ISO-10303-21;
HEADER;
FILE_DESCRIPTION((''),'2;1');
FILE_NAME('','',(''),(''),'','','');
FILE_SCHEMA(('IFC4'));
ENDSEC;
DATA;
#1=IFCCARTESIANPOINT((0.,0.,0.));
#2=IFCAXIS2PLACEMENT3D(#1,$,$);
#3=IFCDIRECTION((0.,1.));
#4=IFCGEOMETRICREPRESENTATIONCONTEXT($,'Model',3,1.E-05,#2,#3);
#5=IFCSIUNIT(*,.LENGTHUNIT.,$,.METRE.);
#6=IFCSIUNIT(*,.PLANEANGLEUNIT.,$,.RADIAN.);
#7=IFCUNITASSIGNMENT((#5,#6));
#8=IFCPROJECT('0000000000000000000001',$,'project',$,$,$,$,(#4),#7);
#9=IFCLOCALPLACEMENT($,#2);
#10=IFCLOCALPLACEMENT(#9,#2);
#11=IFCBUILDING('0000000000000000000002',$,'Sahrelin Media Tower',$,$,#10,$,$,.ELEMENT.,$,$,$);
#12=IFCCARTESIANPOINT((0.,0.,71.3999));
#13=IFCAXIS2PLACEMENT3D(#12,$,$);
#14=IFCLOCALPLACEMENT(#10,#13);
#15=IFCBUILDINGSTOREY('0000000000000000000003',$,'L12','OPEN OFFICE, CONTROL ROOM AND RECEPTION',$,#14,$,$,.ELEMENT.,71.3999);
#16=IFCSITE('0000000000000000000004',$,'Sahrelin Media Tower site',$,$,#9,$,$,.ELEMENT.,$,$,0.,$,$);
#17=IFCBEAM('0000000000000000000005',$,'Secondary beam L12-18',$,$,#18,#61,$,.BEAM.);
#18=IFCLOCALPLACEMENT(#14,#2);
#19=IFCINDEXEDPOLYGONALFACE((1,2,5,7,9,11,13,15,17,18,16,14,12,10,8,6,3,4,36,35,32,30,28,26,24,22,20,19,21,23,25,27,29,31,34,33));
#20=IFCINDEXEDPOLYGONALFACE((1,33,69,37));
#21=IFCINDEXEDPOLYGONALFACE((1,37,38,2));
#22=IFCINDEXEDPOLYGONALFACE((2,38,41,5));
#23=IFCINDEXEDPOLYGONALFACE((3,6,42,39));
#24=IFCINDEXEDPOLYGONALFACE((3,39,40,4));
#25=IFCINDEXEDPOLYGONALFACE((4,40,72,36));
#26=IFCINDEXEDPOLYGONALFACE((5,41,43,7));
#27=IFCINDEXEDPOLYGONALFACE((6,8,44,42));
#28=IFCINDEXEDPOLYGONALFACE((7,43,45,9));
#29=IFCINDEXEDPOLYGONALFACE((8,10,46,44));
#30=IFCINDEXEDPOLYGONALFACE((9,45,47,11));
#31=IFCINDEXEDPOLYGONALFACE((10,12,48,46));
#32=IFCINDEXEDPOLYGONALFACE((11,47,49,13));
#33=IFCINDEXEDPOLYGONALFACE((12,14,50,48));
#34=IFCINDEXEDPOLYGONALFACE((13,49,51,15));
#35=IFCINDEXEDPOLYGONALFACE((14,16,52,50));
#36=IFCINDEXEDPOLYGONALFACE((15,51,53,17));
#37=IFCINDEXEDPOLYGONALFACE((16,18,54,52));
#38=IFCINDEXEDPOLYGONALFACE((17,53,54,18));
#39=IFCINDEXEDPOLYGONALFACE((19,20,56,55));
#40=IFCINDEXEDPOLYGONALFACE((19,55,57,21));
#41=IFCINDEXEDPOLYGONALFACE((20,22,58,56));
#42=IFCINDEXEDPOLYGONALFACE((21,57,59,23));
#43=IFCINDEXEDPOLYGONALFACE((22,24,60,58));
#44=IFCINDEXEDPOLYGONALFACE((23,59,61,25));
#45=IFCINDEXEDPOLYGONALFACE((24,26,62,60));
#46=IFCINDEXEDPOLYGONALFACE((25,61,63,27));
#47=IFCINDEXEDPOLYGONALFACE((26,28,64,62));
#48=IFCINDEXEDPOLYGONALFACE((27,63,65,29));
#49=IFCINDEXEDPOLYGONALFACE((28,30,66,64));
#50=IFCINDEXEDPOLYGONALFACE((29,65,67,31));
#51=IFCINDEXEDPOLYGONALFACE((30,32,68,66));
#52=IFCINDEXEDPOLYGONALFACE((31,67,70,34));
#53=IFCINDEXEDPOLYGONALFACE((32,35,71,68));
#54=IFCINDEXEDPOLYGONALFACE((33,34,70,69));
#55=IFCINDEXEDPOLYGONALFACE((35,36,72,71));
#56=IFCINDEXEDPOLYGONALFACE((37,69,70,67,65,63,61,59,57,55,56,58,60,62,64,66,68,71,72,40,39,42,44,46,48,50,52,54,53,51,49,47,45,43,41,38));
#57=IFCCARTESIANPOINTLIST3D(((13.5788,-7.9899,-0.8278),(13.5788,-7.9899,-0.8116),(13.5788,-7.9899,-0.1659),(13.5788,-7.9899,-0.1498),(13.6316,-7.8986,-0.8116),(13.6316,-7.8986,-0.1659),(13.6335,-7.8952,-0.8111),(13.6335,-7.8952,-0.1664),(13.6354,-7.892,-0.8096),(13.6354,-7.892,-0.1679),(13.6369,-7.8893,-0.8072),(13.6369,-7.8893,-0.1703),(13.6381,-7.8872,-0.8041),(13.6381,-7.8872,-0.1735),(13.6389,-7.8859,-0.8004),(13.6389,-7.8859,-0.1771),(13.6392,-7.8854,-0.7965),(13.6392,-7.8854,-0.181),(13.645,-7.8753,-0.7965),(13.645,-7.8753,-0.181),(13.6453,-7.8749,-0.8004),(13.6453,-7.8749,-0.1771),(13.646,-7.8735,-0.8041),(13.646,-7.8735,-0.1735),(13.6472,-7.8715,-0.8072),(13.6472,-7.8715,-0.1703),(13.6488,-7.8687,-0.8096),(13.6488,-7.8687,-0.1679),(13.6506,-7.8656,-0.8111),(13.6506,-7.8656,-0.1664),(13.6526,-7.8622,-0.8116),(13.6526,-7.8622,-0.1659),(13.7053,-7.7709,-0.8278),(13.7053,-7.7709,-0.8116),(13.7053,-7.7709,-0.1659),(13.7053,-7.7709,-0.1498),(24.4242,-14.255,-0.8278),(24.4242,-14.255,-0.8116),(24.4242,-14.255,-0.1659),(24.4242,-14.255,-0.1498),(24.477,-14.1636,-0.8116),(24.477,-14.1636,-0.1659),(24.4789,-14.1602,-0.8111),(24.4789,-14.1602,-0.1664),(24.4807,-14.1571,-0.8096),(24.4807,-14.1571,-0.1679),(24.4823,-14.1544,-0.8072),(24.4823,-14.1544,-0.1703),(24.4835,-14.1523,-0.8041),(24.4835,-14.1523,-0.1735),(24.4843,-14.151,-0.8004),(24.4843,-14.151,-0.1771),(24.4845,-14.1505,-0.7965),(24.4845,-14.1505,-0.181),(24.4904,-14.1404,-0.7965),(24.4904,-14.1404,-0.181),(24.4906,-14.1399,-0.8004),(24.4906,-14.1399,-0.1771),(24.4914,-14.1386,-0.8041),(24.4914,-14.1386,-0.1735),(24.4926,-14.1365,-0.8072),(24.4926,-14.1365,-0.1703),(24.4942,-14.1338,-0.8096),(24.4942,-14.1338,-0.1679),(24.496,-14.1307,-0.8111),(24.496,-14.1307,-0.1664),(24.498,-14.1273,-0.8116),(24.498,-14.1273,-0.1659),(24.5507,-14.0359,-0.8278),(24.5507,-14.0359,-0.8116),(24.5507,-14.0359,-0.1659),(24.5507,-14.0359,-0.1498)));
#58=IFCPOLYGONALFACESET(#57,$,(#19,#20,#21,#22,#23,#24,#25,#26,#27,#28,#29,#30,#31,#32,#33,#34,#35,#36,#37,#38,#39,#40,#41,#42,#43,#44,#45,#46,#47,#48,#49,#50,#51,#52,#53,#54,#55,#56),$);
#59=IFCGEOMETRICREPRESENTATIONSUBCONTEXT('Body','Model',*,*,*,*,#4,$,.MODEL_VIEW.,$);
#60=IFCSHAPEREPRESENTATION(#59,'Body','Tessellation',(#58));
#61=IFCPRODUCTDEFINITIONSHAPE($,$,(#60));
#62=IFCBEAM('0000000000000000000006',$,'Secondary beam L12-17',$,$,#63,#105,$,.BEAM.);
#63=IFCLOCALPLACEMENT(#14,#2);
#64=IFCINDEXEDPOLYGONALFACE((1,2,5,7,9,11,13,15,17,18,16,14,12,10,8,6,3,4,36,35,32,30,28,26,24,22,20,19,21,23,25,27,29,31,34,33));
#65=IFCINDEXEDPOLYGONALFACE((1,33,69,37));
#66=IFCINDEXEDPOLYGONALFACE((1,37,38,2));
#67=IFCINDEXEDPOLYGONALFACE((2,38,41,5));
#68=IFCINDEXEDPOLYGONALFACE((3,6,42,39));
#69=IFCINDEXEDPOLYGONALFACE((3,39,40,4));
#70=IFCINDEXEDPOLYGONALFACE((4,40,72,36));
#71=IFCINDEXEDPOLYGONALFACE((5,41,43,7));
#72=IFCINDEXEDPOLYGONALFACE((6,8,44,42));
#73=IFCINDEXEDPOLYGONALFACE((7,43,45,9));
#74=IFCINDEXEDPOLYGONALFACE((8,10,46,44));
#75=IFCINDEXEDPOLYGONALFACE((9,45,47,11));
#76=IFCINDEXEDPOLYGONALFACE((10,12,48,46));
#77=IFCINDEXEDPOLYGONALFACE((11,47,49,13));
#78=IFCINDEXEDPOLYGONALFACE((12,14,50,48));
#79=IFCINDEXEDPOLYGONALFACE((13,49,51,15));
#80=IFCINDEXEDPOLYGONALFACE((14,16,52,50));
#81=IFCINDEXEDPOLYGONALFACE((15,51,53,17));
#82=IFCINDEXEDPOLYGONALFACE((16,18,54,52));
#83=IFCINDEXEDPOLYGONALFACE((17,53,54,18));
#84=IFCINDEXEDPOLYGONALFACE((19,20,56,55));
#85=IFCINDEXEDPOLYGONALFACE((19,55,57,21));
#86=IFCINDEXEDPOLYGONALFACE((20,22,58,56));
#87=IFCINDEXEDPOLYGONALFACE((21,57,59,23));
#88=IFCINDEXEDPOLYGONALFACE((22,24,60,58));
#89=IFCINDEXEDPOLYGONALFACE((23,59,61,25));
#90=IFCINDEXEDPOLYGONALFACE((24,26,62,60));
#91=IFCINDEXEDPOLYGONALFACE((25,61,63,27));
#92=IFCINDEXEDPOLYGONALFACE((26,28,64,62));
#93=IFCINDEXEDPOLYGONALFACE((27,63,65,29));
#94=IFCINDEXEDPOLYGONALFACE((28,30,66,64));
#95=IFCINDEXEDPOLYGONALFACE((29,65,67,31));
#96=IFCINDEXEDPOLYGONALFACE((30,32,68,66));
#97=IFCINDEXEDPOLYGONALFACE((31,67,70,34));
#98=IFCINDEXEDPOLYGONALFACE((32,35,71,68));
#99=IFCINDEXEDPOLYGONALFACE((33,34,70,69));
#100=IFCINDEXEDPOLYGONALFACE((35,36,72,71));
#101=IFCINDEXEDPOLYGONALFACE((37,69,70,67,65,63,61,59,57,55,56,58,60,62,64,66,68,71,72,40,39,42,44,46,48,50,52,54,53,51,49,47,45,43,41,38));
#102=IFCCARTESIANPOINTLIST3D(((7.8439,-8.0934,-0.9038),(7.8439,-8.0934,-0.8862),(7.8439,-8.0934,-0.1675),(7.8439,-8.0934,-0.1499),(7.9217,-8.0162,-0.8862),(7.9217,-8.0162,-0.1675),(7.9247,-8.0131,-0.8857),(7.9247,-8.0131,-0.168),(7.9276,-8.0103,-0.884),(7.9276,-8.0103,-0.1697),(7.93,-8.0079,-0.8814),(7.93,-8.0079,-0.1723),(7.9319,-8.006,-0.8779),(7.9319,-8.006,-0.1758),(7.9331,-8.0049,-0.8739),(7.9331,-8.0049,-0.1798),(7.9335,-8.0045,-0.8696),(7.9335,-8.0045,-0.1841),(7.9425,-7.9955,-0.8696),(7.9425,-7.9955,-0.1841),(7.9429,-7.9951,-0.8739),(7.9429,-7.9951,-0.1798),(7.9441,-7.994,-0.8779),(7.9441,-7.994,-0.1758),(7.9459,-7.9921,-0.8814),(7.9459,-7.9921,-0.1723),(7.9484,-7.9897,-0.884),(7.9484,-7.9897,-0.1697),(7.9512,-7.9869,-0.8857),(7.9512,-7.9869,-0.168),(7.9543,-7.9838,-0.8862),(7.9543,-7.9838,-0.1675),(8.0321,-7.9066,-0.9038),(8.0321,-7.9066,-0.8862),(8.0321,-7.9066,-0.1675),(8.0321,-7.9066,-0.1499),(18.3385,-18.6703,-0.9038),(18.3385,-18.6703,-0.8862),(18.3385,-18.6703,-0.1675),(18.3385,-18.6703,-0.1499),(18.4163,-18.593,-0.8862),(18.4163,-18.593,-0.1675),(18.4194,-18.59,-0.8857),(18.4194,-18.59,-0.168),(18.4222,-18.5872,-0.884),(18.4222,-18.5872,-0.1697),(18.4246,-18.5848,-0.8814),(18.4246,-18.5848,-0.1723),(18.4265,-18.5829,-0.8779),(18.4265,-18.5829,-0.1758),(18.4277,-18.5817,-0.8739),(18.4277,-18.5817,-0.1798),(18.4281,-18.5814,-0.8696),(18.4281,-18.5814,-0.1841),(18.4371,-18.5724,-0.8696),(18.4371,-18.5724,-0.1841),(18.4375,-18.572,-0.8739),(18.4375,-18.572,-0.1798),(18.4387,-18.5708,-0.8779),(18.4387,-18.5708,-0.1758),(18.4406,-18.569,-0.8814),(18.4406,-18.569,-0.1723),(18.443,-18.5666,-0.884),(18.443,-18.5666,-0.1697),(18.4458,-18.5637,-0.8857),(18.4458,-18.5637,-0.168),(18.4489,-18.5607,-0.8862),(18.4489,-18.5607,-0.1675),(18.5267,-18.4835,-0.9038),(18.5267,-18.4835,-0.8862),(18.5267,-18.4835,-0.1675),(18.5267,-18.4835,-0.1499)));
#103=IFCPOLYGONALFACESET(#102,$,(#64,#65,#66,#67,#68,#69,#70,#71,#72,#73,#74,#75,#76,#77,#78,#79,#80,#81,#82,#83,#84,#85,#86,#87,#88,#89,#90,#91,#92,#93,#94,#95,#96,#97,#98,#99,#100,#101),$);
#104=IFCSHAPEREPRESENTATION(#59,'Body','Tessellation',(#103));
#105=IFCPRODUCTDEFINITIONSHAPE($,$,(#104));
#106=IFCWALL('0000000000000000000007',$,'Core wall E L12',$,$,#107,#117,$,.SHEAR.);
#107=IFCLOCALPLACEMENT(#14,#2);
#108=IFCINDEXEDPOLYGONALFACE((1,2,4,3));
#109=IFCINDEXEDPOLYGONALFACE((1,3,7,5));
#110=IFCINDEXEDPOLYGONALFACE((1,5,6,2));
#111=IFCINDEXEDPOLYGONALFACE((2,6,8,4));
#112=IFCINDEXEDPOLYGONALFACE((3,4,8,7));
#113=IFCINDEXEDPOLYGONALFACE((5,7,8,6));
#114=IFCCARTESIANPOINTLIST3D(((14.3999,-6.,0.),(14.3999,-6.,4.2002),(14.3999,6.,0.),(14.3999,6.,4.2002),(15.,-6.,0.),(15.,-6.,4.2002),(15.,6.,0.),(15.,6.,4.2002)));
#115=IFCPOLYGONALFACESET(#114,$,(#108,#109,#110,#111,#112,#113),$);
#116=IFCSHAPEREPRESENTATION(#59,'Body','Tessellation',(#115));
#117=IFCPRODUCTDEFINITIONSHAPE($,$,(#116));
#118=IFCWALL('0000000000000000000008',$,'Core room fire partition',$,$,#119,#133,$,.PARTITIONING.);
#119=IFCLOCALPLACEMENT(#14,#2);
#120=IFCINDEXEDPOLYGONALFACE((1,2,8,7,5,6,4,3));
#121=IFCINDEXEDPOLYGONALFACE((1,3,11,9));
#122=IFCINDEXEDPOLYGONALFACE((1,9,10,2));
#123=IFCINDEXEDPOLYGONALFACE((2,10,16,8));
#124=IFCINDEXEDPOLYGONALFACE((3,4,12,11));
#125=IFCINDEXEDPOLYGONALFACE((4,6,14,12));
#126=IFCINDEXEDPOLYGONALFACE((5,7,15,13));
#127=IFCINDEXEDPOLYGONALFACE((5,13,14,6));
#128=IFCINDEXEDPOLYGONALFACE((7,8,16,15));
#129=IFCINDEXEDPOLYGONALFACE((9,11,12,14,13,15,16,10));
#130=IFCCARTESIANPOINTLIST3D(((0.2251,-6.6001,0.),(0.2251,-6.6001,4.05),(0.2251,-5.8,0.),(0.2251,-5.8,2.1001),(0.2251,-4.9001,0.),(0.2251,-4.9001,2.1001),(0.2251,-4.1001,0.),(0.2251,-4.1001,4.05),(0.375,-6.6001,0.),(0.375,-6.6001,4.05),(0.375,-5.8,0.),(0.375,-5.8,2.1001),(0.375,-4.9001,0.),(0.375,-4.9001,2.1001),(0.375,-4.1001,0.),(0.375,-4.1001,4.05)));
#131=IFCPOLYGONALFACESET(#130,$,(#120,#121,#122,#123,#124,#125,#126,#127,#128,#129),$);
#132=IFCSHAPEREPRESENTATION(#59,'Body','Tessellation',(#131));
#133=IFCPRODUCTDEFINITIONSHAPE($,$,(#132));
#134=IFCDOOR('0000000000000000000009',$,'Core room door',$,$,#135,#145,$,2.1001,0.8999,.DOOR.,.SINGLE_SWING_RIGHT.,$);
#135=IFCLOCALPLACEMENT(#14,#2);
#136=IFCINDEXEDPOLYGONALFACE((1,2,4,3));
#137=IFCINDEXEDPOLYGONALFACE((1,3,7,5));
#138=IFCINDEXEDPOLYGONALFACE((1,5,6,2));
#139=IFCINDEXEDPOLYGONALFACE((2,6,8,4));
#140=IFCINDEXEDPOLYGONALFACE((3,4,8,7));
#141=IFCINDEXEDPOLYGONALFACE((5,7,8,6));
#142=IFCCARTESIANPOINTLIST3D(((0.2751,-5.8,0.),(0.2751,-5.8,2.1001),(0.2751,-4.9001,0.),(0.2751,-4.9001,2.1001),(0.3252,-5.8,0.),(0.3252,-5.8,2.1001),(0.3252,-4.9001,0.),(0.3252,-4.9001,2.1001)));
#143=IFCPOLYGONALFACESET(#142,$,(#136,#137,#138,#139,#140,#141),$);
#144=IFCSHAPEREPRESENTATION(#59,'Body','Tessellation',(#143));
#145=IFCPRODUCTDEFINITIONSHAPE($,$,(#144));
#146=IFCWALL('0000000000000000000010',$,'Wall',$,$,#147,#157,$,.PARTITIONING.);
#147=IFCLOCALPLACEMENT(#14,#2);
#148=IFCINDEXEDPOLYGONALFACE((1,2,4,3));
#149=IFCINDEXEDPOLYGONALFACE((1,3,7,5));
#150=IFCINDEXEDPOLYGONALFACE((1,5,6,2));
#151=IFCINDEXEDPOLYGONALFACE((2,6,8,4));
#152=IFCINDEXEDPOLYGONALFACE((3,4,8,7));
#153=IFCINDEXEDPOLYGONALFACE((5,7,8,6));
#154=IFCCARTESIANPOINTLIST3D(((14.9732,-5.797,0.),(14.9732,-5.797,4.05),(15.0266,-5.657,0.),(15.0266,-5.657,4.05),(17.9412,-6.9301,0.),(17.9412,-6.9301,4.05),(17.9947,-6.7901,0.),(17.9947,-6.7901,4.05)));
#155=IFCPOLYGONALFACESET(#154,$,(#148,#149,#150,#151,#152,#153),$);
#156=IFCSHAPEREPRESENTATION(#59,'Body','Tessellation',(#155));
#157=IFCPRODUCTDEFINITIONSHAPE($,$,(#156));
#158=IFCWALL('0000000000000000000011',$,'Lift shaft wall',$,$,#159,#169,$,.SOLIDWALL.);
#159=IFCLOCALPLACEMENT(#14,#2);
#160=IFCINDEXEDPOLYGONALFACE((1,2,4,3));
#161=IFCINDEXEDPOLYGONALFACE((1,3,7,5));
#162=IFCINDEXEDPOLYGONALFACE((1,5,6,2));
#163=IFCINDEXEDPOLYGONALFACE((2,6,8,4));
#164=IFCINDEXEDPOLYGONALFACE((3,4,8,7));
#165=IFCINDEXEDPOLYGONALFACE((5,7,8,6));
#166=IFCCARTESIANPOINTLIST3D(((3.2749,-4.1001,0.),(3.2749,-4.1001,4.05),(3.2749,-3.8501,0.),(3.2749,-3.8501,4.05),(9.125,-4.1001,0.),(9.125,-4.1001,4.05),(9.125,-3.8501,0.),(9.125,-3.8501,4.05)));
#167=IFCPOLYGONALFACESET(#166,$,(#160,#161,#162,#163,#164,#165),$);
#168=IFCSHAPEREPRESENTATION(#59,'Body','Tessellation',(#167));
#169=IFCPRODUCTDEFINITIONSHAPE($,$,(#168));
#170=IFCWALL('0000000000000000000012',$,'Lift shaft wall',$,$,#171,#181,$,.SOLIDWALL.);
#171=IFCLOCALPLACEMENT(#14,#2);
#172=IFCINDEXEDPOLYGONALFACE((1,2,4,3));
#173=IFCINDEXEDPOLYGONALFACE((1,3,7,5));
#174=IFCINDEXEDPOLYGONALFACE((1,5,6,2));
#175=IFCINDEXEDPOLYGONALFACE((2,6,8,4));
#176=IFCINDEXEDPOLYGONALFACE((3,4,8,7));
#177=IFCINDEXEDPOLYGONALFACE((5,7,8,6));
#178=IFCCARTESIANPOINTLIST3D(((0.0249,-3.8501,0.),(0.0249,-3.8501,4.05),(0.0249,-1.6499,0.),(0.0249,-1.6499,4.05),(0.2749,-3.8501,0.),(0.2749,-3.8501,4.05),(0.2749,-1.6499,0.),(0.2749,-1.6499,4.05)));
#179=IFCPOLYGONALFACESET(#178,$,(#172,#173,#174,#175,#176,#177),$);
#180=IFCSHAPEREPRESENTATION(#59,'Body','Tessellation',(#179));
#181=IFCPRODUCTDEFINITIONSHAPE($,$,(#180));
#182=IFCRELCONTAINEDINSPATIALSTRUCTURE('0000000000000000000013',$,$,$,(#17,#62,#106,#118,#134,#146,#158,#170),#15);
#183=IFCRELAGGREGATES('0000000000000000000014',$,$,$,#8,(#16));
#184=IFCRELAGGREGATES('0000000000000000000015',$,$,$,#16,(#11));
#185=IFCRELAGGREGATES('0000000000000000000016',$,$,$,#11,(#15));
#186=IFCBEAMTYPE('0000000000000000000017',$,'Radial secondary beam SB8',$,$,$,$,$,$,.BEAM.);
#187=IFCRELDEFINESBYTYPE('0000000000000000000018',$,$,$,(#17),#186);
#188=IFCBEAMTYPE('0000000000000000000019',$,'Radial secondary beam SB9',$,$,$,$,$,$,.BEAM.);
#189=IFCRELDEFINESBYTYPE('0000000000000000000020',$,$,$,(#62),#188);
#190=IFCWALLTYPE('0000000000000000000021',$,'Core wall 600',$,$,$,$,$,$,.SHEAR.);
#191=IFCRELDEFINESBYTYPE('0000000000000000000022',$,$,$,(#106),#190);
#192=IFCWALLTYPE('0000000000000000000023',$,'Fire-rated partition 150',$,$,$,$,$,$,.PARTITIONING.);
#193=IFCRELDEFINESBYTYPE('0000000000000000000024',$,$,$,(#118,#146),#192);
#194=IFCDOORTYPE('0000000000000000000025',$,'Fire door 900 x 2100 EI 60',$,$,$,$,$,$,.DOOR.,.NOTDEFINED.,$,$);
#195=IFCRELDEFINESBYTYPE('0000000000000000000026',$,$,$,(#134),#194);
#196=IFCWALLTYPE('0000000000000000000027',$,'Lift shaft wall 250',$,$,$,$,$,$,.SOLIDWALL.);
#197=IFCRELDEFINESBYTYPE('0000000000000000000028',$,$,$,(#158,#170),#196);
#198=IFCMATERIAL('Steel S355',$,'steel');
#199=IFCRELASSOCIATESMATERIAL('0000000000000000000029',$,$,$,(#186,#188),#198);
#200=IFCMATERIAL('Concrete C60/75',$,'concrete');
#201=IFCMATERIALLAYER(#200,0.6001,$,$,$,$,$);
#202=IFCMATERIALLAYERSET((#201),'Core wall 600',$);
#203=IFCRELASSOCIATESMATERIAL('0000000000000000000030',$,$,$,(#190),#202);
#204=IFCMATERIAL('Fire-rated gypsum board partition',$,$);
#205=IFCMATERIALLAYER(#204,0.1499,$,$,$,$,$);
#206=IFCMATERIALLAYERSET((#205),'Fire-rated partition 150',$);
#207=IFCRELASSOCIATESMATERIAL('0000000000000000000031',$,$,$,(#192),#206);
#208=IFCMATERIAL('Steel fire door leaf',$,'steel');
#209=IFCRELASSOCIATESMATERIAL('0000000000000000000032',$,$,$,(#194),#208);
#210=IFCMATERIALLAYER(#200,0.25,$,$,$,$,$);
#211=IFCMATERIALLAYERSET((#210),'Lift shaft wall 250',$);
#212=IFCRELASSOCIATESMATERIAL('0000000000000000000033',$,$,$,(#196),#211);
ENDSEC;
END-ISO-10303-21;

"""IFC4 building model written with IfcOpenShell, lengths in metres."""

from ifc_helpers import new_model, si_unit, direction, frame, frame_2d, origin, origin_2d, place, context, subcontext, project, spatial, rectangle, i_section, extrude, material, layer, layer_set, material_profile, profile_set, type_object, element, fill, save


model = new_model("IFC4")

# Units and contexts
model_context = context("Model", 3, precision=1e-05, world=origin(), true_north=direction((0.0, 1.0)))
body_context = subcontext(model_context, "Body", "Model", "MODEL_VIEW")
ifc_project = project(units=[si_unit("LENGTHUNIT", "METRE"), si_unit("PLANEANGLEUNIT", "RADIAN")], contexts=[model_context])

# Site, building, storey
site_placement = place(None, origin())
site = spatial("IfcSite", under=ifc_project, at=site_placement, Name="Sahrelin Media Tower site", CompositionType="ELEMENT", RefElevation=0.0)
building_placement = place(site_placement, origin())
building = spatial("IfcBuilding", under=site, at=building_placement, Name="Sahrelin Media Tower", CompositionType="ELEMENT")
storey_placement = place(building_placement, frame((0.0, 0.0, 71.3999)))
storey = spatial("IfcBuildingStorey", under=building, at=storey_placement, Name="L12", Description="OPEN OFFICE, CONTROL ROOM AND RECEPTION", CompositionType="ELEMENT", Elevation=71.3999)

# Beams
ifc_material_1 = material(Name="Steel S355", Category="steel")
ifc_material_profile_1 = material_profile(ifc_material_1, i_section(OverallWidth=0.2529, OverallDepth=0.678, WebThickness=0.0117, FlangeThickness=0.0161, FilletRadius=0.0151, at=origin_2d()), Name="UB 686x254x125")
ifc_profile_set_1 = profile_set([ifc_material_profile_1], Name="Steel S355")
beam_type_1 = type_object("IfcBeamType", Name="Radial secondary beam SB8", PredefinedType="BEAM", material=ifc_profile_set_1)
beam_1_placement = place(storey_placement, frame((13.6421, -7.8804, -0.4888), z_axis=(0.865904, -0.50021, 0.0), x_axis=(0.50021, 0.865904, 0.0)))
element("IfcBeam", 1, at=beam_1_placement, inside=storey, type_object=beam_type_1, Name="Secondary beam L12-18", PredefinedType="BEAM", context=body_context, shape_type="SweptSolid", body=[
    extrude(i_section(OverallWidth=0.2529, OverallDepth=0.678, WebThickness=0.0117, FlangeThickness=0.0161, FilletRadius=0.0151, at=origin_2d()), origin(), (0.0, 0.0, 1.0), 12.5249),
])
ifc_material_profile_2 = material_profile(ifc_material_1, i_section(OverallWidth=0.2651, OverallDepth=0.7539, WebThickness=0.0127, FlangeThickness=0.0176, FilletRadius=0.0166, at=origin_2d()), Name="UB 762x267x147")
ifc_profile_set_2 = profile_set([ifc_material_profile_2], Name="Steel S355")
beam_type_2 = type_object("IfcBeamType", Name="Radial secondary beam SB9", PredefinedType="BEAM", material=ifc_profile_set_2)
beam_2_placement = place(storey_placement, frame((7.938, -8.0, -0.5269), z_axis=(0.70434, -0.709862, 0.0), x_axis=(0.709862, 0.70434, 0.0)))
element("IfcBeam", 2, at=beam_2_placement, inside=storey, type_object=beam_type_2, Name="Secondary beam L12-17", PredefinedType="BEAM", context=body_context, shape_type="SweptSolid", body=[
    extrude(i_section(OverallWidth=0.2651, OverallDepth=0.7539, WebThickness=0.0127, FlangeThickness=0.0176, FilletRadius=0.0166, at=origin_2d()), origin(), (0.0, 0.0, 1.0), 14.8999),
])

# Wall
ifc_material_2 = material(Name="Concrete C60/75", Category="concrete")
ifc_layer_1 = layer(ifc_material_2, 0.6001)
ifc_layer_set_1 = layer_set([ifc_layer_1], Name="Core wall 600")
wall_type_1 = type_object("IfcWallType", Name="Core wall 600", PredefinedType="SHEAR", material=ifc_layer_set_1)
wall_1_placement = place(storey_placement, frame((14.7, -6.0, 0.0), z_axis=(0.0, 0.0, 1.0), x_axis=(0.0, 1.0, 0.0)))
element("IfcWall", 3, at=wall_1_placement, inside=storey, type_object=wall_type_1, Name="Core wall E L12", PredefinedType="SHEAR", context=body_context, shape_type="SweptSolid", body=[
    extrude(rectangle(XDim=12.0, YDim=0.6001, at=frame_2d((6.0, 0.0))), origin(), (0.0, 0.0, 1.0), 4.2002),
])

# Wall, opening, door
ifc_material_3 = material(Name="Fire-rated gypsum board partition")
ifc_layer_2 = layer(ifc_material_3, 0.1499)
ifc_layer_set_2 = layer_set([ifc_layer_2], Name="Fire-rated partition 150")
wall_type_2 = type_object("IfcWallType", Name="Fire-rated partition 150", PredefinedType="PARTITIONING", material=ifc_layer_set_2)
wall_2_placement = place(storey_placement, frame((0.3, -6.6001, 0.0), z_axis=(0.0, 0.0, 1.0), x_axis=(0.0, 1.0, 0.0)))
wall_2 = element("IfcWall", 4, at=wall_2_placement, inside=storey, type_object=wall_type_2, Name="Core room fire partition", PredefinedType="PARTITIONING", context=body_context, shape_type="SweptSolid", body=[
    extrude(rectangle(XDim=2.5, YDim=0.1499, at=frame_2d((1.25, 0.0))), origin(), (0.0, 0.0, 1.0), 4.05),
])
opening_1_placement = place(wall_2_placement, frame((0.8, 0.0, 0.0)))
opening_1 = element("IfcOpeningElement", 5, at=opening_1_placement, cuts=wall_2, PredefinedType="OPENING", context=body_context, shape_type="SweptSolid", body=[
    extrude(rectangle(XDim=0.8999, YDim=2.1001, at=frame_2d((0.45, 1.05))), frame((0.0, 0.075, 0.0), z_axis=(0.0, -1.0, 0.0), x_axis=(1.0, 0.0, 0.0)), (0.0, 0.0, 1.0), 0.1499),
])
ifc_material_4 = material(Name="Steel fire door leaf", Category="steel")
door_type_1 = type_object("IfcDoorType", Name="Fire door 900 x 2100 EI 60", OperationType="NOTDEFINED", PredefinedType="DOOR", material=ifc_material_4)
door_1_placement = place(opening_1_placement, origin())
door_1 = element("IfcDoor", 6, at=door_1_placement, inside=storey, type_object=door_type_1, Name="Core room door", OperationType="SINGLE_SWING_RIGHT", OverallHeight=2.1001, OverallWidth=0.8999, PredefinedType="DOOR", context=body_context, shape_type="SweptSolid", body=[
    extrude(rectangle(XDim=0.8999, YDim=2.1001, at=frame_2d((0.45, 1.05))), frame((0.0, 0.0249, 0.0), z_axis=(0.0, -1.0, 0.0), x_axis=(1.0, 0.0, 0.0)), (0.0, 0.0, 1.0), 0.05),
])
fill(opening_1, door_1)

# Walls
wall_3_placement = place(storey_placement, frame((15.0, -5.7271, 0.0), z_axis=(0.0, 0.0, 1.0), x_axis=(0.934238, -0.35665, 0.0)))
element("IfcWall", 7, at=wall_3_placement, inside=storey, type_object=wall_type_2, Name="Wall", PredefinedType="PARTITIONING", context=body_context, shape_type="SweptSolid", body=[
    extrude(rectangle(XDim=3.177, YDim=0.1499, at=frame_2d((1.5884, 0.0))), origin(), (0.0, 0.0, 1.0), 4.05),
])
ifc_layer_3 = layer(ifc_material_2, 0.25)
ifc_layer_set_3 = layer_set([ifc_layer_3], Name="Lift shaft wall 250")
wall_type_3 = type_object("IfcWallType", Name="Lift shaft wall 250", PredefinedType="SOLIDWALL", material=ifc_layer_set_3)
wall_4_placement = place(storey_placement, frame((3.2749, -3.9751, 0.0), z_axis=(0.0, 0.0, 1.0), x_axis=(1.0, 0.0, 0.0)))
element("IfcWall", 8, at=wall_4_placement, inside=storey, type_object=wall_type_3, Name="Lift shaft wall", PredefinedType="SOLIDWALL", context=body_context, shape_type="SweptSolid", body=[
    extrude(rectangle(XDim=5.8501, YDim=0.25, at=frame_2d((2.925, 0.0))), origin(), (0.0, 0.0, 1.0), 4.05),
])
for number, where, z_axis, x_axis, name in (
    (9, (0.1499, -3.8501, 0.0), (0.0, 0.0, 1.0), (0.0, 1.0, 0.0), "Lift shaft wall"),
):
    element("IfcWall", number, at=place(storey_placement, frame(where, z_axis=z_axis, x_axis=x_axis)), inside=storey, type_object=wall_type_3, Name=name, PredefinedType="SOLIDWALL", context=body_context, shape_type="SweptSolid", body=[
        extrude(rectangle(XDim=2.2002, YDim=0.25, at=frame_2d((1.1001, 0.0))), origin(), (0.0, 0.0, 1.0), 4.05),
    ])

save(model, "model.ifc")
